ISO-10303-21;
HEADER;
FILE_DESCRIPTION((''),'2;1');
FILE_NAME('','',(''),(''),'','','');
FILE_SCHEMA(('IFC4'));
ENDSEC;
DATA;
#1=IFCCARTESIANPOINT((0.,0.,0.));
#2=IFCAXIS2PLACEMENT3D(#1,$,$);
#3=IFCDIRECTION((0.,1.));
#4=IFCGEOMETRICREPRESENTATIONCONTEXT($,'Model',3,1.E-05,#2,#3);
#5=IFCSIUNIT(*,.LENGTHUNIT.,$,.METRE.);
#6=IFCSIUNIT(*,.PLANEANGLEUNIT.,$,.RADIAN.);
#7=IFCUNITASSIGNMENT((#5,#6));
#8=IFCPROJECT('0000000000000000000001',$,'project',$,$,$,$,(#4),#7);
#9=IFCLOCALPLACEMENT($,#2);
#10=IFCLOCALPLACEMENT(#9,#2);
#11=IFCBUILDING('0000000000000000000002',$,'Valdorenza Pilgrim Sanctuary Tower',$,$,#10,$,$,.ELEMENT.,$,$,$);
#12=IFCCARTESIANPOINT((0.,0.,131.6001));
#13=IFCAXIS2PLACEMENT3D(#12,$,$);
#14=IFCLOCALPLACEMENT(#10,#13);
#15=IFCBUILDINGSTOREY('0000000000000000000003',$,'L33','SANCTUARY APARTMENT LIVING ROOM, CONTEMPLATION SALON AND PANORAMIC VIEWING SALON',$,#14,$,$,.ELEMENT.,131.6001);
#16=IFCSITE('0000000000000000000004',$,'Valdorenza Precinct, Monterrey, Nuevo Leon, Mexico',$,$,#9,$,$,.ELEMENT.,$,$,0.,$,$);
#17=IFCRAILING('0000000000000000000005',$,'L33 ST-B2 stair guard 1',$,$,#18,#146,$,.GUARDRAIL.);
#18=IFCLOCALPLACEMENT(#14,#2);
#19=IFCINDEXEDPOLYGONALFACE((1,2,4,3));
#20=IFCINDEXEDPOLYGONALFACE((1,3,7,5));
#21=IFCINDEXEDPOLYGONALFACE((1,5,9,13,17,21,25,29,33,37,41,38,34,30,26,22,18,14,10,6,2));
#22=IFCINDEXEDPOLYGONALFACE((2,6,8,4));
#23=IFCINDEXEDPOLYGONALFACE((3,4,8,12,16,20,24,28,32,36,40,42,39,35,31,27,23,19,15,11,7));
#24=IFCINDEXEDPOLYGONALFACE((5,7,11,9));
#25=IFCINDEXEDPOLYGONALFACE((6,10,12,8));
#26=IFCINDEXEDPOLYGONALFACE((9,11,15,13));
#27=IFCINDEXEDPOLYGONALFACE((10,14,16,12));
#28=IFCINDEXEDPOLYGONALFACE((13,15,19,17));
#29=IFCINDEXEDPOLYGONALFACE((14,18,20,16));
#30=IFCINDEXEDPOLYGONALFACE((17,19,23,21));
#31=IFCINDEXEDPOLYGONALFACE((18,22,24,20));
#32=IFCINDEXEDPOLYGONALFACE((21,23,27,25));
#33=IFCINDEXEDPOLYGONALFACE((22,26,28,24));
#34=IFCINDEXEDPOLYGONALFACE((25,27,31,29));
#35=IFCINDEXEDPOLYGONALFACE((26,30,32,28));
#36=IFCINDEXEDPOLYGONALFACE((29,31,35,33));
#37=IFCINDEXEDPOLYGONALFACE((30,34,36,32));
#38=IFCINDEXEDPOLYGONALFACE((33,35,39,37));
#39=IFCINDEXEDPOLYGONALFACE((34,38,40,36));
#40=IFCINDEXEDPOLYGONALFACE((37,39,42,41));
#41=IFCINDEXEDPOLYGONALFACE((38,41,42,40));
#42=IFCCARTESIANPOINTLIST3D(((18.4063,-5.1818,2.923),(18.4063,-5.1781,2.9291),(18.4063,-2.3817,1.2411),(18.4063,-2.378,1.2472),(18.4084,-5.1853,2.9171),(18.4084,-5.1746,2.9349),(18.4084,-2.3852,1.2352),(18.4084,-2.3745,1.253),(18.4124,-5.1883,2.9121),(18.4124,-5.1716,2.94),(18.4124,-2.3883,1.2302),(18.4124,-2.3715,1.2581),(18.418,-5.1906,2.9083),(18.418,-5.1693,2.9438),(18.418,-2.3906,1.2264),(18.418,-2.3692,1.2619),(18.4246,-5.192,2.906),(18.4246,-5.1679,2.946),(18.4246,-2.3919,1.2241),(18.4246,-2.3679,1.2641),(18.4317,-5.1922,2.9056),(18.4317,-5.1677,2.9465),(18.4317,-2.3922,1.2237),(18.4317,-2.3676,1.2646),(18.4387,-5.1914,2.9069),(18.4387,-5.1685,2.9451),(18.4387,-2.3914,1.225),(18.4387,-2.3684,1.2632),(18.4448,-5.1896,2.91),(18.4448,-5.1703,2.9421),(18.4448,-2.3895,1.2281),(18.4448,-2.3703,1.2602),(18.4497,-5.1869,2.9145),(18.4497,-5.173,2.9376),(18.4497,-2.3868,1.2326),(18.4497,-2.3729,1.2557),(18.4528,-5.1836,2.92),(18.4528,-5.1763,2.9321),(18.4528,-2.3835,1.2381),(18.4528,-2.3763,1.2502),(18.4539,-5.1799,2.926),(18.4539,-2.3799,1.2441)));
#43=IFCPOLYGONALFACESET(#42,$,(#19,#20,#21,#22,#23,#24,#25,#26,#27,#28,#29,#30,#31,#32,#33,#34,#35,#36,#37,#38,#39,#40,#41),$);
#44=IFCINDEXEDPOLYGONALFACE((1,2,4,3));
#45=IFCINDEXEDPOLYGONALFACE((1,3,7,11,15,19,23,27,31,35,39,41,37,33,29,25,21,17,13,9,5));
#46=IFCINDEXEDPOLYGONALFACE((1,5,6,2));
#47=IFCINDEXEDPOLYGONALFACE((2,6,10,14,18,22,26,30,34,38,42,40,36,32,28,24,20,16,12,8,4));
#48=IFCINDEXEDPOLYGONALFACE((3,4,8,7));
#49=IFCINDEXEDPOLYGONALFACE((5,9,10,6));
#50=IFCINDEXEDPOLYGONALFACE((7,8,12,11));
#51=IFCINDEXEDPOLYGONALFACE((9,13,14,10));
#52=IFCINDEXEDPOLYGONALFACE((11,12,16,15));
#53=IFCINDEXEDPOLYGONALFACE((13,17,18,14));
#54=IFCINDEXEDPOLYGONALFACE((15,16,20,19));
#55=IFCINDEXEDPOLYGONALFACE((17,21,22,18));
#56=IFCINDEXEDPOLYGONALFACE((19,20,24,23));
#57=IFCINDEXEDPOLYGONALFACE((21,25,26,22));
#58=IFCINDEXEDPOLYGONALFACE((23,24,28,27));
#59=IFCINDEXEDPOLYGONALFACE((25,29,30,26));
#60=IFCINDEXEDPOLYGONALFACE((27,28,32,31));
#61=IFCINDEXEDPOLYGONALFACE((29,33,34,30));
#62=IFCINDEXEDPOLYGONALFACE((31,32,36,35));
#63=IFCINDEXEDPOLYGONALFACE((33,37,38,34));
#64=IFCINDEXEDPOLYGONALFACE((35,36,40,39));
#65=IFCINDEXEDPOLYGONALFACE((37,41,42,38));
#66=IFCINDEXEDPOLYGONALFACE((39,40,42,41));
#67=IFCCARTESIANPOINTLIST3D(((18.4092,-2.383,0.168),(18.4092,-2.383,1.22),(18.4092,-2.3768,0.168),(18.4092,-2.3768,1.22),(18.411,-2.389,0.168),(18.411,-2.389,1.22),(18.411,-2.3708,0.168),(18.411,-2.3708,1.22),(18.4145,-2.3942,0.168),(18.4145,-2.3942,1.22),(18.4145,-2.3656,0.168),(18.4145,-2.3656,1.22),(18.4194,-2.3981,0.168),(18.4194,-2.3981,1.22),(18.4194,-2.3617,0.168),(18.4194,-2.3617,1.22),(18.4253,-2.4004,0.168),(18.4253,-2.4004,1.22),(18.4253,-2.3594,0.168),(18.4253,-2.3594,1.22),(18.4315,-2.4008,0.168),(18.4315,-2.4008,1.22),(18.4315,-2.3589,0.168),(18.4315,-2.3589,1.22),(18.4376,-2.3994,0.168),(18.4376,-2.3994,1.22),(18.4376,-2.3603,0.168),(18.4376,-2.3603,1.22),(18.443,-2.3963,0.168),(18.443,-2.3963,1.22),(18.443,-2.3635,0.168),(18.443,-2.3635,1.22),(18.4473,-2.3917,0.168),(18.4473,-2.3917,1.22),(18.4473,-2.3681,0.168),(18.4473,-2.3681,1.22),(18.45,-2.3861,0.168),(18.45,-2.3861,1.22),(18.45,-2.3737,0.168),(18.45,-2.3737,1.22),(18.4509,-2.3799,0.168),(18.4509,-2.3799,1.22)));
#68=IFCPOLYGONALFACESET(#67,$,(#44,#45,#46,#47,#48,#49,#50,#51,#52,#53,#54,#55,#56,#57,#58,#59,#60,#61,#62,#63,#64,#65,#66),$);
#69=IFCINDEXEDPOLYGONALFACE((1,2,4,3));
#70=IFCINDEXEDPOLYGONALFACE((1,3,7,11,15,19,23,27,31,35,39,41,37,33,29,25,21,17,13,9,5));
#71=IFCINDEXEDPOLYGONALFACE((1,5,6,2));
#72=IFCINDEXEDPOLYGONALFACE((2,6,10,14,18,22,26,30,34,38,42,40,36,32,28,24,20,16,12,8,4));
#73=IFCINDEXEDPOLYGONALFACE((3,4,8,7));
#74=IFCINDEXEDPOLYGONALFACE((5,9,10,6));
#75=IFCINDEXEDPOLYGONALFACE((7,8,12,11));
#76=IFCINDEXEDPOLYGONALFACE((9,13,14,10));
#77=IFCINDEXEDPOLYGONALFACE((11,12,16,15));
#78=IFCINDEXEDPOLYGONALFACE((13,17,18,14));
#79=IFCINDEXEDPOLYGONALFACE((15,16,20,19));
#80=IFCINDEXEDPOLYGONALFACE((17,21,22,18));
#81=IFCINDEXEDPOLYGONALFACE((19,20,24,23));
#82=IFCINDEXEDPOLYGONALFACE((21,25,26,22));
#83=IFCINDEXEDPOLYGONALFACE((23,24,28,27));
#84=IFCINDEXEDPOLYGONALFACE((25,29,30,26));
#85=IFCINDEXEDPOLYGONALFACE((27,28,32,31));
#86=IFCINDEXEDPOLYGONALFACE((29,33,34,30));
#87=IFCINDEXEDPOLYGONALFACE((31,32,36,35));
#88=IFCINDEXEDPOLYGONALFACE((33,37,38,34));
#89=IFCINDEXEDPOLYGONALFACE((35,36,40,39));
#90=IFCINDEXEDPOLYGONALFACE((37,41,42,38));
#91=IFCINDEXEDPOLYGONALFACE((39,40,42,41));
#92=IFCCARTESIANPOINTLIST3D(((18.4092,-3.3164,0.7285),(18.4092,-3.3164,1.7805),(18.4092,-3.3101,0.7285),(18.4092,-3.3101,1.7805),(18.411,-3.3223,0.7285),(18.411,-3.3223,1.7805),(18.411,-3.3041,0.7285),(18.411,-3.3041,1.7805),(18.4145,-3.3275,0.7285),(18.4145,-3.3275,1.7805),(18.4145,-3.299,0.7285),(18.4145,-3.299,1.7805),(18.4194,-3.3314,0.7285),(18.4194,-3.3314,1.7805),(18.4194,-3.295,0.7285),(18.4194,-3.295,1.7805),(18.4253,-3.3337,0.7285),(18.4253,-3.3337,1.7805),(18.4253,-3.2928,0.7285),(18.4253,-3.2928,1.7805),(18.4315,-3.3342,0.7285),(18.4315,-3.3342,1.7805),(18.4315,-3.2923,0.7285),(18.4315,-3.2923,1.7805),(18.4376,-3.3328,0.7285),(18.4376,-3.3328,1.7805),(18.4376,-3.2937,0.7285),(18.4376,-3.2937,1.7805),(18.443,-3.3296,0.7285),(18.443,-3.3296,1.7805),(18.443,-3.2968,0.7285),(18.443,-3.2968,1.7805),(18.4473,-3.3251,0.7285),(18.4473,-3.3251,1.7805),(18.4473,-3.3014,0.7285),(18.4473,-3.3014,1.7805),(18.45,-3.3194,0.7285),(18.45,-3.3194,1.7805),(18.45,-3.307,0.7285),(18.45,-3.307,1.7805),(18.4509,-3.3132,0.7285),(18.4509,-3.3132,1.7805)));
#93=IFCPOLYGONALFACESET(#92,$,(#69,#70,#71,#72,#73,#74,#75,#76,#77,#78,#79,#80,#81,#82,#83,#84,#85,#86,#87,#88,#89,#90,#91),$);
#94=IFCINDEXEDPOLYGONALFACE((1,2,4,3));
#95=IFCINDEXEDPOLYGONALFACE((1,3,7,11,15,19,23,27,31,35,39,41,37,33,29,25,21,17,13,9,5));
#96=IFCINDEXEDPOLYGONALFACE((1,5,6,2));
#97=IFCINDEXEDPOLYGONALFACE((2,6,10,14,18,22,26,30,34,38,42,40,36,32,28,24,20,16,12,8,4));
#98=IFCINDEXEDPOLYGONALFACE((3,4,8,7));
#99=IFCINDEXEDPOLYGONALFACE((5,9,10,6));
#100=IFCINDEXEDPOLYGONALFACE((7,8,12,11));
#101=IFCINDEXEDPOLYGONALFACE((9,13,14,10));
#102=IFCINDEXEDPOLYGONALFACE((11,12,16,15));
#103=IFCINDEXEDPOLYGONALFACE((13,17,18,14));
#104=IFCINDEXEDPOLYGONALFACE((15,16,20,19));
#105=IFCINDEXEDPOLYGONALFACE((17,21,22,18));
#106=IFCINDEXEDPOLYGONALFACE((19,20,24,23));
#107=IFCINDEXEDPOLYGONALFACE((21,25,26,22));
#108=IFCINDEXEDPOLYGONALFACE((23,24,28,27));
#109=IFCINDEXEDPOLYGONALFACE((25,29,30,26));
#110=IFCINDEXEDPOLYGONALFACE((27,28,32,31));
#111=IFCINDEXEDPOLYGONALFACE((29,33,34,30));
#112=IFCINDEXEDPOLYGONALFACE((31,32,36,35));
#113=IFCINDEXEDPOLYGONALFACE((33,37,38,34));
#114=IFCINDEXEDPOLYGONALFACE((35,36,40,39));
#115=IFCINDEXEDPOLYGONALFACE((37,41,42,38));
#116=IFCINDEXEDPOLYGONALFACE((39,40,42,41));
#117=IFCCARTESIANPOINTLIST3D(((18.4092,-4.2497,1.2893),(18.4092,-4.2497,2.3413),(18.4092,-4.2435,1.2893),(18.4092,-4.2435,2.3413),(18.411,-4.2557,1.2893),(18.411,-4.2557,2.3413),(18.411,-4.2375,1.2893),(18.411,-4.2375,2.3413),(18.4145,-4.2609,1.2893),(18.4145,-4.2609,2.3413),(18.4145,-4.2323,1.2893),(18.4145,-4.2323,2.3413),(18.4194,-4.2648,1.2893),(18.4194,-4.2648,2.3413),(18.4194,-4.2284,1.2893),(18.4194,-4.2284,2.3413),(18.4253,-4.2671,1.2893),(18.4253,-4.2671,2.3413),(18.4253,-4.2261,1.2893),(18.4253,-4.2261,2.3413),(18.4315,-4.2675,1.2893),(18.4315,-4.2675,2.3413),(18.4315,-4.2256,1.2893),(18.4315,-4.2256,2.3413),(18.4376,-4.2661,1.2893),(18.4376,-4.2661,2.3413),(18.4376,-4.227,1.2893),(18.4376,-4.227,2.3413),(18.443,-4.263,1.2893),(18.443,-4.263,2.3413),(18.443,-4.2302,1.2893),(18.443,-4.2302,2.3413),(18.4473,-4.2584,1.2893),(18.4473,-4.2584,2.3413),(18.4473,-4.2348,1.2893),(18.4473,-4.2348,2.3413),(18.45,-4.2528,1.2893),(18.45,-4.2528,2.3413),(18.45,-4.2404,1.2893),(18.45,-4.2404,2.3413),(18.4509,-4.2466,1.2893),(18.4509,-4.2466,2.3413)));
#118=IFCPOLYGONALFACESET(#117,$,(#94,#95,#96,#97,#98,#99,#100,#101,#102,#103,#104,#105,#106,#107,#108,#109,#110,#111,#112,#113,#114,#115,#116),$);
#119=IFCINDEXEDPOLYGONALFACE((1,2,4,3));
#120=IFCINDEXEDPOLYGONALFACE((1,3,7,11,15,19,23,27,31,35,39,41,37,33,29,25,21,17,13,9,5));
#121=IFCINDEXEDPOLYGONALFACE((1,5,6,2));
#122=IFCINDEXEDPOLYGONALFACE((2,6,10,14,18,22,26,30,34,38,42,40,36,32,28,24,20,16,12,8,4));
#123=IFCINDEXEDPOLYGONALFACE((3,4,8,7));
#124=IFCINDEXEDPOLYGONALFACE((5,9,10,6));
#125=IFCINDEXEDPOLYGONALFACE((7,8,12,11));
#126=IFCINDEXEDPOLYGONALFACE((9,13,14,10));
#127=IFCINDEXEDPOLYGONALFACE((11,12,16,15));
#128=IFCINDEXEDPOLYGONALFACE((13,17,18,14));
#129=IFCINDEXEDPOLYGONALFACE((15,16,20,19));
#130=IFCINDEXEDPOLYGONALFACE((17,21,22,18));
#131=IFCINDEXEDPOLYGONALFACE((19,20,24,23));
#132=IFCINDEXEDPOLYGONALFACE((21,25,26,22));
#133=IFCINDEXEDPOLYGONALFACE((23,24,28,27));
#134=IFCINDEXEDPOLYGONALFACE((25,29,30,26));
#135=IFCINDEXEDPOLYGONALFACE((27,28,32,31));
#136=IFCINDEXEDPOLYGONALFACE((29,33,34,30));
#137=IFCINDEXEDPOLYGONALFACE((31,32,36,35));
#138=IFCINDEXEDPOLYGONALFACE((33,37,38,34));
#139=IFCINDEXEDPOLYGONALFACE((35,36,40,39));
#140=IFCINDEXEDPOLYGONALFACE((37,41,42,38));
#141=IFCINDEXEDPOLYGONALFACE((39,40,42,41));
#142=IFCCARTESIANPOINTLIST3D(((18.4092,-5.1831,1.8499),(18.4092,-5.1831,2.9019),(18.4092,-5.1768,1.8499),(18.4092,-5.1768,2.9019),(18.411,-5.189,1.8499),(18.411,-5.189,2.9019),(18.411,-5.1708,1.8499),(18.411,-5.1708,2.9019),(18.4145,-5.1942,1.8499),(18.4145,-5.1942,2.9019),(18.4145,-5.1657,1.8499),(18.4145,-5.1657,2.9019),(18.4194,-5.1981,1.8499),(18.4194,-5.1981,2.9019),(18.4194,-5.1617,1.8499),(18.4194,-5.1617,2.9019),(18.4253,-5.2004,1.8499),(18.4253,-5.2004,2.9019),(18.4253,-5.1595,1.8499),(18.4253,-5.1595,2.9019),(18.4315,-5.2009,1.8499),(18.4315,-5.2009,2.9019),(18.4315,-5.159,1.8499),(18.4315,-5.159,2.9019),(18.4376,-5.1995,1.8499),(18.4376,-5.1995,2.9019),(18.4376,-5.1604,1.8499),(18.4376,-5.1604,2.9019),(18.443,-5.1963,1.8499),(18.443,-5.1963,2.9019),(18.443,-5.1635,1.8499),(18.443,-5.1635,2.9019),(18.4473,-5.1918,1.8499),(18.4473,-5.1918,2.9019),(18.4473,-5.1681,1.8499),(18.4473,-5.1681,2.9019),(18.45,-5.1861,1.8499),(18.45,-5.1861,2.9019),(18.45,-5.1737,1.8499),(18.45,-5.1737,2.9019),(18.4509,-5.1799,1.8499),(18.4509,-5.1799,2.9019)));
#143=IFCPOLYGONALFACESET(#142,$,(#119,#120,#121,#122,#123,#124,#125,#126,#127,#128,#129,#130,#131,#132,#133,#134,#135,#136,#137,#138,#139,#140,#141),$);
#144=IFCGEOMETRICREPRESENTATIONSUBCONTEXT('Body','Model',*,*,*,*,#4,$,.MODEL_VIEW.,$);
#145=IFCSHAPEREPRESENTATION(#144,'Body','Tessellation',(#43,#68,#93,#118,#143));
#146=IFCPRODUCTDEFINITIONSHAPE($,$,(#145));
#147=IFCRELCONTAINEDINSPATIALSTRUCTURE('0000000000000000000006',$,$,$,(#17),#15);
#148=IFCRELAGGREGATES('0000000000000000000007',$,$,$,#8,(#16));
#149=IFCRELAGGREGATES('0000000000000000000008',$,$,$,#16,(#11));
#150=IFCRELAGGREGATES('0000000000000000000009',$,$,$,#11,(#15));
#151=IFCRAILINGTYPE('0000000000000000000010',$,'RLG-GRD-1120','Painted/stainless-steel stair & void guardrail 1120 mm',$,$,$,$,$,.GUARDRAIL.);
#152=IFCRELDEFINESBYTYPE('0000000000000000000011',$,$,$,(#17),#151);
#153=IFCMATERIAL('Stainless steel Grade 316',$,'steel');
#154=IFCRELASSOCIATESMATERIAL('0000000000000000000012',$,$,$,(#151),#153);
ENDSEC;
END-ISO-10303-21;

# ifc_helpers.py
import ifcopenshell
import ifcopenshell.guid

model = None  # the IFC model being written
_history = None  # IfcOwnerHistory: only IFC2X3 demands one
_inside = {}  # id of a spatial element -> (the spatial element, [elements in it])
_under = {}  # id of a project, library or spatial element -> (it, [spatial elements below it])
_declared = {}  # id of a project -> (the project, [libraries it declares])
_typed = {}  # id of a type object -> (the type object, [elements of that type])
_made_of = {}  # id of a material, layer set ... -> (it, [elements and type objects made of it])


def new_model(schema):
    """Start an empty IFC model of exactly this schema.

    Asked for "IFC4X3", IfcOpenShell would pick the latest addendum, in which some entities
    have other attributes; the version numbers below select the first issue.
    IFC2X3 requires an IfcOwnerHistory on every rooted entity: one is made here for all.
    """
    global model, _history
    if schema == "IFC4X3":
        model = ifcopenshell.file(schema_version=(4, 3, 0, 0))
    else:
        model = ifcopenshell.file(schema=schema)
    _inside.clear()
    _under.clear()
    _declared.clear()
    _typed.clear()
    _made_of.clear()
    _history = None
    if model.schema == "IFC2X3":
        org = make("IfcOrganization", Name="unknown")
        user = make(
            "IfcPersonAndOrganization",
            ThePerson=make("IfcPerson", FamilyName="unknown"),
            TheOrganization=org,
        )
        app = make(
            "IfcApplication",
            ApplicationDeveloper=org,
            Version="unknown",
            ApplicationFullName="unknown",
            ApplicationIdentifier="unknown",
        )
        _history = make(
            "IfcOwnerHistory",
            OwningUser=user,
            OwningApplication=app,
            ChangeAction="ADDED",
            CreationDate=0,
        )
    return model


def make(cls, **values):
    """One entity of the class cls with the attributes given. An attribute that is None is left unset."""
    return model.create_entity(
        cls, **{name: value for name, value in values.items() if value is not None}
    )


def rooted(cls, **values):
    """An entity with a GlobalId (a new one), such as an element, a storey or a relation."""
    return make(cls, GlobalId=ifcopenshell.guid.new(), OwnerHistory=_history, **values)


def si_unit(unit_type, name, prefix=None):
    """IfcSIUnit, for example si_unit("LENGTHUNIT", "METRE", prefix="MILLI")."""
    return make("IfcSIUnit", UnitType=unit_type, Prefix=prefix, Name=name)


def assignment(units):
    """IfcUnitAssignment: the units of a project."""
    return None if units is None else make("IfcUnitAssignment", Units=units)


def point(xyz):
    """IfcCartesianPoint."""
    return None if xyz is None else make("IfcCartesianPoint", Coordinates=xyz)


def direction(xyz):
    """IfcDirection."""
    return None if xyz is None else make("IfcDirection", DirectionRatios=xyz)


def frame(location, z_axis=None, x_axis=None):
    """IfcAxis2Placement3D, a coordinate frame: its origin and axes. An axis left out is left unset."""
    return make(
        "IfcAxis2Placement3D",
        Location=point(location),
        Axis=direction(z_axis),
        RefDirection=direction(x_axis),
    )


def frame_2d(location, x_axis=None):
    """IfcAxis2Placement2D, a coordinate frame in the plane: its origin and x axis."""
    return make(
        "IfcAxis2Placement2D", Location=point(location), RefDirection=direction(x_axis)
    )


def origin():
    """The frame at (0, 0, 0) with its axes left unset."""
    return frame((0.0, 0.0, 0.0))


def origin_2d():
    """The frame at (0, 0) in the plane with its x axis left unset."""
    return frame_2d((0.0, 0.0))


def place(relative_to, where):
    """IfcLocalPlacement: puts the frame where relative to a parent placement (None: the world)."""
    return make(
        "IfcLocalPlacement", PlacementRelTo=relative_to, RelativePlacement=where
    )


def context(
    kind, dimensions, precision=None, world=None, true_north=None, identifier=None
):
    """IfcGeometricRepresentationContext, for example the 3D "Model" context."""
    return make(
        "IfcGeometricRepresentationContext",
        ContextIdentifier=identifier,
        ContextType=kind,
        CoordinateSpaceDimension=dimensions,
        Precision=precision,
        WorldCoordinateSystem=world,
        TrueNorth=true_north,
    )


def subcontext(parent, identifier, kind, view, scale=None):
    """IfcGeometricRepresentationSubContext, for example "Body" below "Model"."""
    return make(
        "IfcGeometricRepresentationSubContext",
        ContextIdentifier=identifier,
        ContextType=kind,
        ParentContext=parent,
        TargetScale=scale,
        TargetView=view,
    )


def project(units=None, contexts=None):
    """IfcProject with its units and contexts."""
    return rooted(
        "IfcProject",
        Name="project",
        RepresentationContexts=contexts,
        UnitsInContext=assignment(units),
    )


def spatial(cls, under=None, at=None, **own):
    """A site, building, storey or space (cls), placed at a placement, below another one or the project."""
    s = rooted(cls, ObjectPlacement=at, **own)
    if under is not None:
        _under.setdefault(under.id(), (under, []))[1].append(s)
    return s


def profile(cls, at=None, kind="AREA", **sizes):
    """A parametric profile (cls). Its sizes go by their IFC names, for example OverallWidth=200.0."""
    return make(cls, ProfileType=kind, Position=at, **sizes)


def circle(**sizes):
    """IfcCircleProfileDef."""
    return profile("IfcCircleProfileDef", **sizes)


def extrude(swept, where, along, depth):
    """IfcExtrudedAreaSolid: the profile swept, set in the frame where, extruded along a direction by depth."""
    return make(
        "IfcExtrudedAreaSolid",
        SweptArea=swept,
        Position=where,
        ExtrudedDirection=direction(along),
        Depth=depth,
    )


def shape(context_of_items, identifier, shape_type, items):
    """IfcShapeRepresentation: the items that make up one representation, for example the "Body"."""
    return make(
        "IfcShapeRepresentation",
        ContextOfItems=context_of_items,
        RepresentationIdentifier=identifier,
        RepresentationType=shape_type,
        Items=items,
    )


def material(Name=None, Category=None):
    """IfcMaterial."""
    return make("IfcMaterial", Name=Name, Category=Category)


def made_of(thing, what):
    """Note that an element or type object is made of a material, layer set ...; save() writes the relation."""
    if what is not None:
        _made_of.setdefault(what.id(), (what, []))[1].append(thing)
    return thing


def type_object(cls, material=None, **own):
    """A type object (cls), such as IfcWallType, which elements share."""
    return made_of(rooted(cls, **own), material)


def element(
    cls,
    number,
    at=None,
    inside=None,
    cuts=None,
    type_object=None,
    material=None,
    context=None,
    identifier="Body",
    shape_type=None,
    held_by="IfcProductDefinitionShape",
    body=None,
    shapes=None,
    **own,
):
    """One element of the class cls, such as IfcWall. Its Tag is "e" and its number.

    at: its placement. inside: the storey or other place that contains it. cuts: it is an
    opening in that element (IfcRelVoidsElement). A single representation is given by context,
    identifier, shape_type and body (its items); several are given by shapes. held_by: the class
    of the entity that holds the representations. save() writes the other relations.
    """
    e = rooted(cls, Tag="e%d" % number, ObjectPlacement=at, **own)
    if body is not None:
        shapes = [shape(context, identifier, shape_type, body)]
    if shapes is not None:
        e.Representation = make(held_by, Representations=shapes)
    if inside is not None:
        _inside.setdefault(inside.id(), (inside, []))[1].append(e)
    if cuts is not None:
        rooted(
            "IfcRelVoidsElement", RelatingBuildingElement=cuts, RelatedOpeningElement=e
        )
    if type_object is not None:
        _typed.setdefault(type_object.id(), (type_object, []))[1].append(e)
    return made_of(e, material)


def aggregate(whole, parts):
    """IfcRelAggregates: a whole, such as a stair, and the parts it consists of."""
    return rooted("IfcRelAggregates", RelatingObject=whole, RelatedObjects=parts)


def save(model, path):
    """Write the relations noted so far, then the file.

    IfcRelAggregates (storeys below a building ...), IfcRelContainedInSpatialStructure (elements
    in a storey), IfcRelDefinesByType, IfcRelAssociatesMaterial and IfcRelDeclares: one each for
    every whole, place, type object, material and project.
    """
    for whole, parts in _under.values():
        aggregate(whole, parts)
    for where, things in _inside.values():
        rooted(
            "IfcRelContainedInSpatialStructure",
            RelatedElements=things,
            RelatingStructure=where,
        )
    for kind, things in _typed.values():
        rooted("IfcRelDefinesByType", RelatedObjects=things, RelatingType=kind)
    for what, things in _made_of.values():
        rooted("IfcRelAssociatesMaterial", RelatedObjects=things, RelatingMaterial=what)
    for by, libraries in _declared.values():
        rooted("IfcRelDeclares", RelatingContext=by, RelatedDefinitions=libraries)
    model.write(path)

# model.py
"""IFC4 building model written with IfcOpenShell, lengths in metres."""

from ifc_helpers import new_model, si_unit, direction, frame, origin, origin_2d, place, context, subcontext, project, spatial, circle, extrude, material, type_object, element, save


model = new_model("IFC4")

# Units and contexts
model_context = context("Model", 3, precision=1e-05, world=origin(), true_north=direction((0.0, 1.0)))
body_context = subcontext(model_context, "Body", "Model", "MODEL_VIEW")
ifc_project = project(units=[si_unit("LENGTHUNIT", "METRE"), si_unit("PLANEANGLEUNIT", "RADIAN")], contexts=[model_context])

# Site, building, storey
site_placement = place(None, origin())
site = spatial("IfcSite", under=ifc_project, at=site_placement, Name="Valdorenza Precinct, Monterrey, Nuevo Leon, Mexico", CompositionType="ELEMENT", RefElevation=0.0)
building_placement = place(site_placement, origin())
building = spatial("IfcBuilding", under=site, at=building_placement, Name="Valdorenza Pilgrim Sanctuary Tower", CompositionType="ELEMENT")
storey_placement = place(building_placement, frame((0.0, 0.0, 131.6001)))
storey = spatial("IfcBuildingStorey", under=building, at=storey_placement, Name="L33", Description="SANCTUARY APARTMENT LIVING ROOM, CONTEMPLATION SALON AND PANORAMIC VIEWING SALON", CompositionType="ELEMENT", Elevation=131.6001)

# Railing
ifc_material_1 = material(Name="Stainless steel Grade 316", Category="steel")
railing_type_1 = type_object("IfcRailingType", Name="RLG-GRD-1120", Description="Painted/stainless-steel stair & void guardrail 1120 mm", PredefinedType="GUARDRAIL", material=ifc_material_1)
railing_1_placement = place(storey_placement, frame((18.4299, -2.3799, 0.168)))
element("IfcRailing", 1, at=railing_1_placement, inside=storey, type_object=railing_type_1, Name="L33 ST-B2 stair guard 1", PredefinedType="GUARDRAIL", context=body_context, shape_type="SweptSolid", body=[
    extrude(circle(Radius=0.0239, at=origin_2d()), frame((0.0, 0.0, 1.0762), z_axis=(0.0, -0.857242, 0.514913), x_axis=(1.0, 0.0, 0.0)), (0.0, 0.0, 1.0), 3.2664),
    extrude(circle(Radius=0.021, at=origin_2d()), origin(), (0.0, 0.0, 1.0), 1.052),
    extrude(circle(Radius=0.021, at=origin_2d()), frame((0.0, -0.9333, 0.5605)), (0.0, 0.0, 1.0), 1.052),
    extrude(circle(Radius=0.021, at=origin_2d()), frame((0.0, -1.8667, 1.1213)), (0.0, 0.0, 1.0), 1.052),
    extrude(circle(Radius=0.021, at=origin_2d()), frame((0.0, -2.8, 1.6819)), (0.0, 0.0, 1.0), 1.052),
])

save(model, "model.ifc")
